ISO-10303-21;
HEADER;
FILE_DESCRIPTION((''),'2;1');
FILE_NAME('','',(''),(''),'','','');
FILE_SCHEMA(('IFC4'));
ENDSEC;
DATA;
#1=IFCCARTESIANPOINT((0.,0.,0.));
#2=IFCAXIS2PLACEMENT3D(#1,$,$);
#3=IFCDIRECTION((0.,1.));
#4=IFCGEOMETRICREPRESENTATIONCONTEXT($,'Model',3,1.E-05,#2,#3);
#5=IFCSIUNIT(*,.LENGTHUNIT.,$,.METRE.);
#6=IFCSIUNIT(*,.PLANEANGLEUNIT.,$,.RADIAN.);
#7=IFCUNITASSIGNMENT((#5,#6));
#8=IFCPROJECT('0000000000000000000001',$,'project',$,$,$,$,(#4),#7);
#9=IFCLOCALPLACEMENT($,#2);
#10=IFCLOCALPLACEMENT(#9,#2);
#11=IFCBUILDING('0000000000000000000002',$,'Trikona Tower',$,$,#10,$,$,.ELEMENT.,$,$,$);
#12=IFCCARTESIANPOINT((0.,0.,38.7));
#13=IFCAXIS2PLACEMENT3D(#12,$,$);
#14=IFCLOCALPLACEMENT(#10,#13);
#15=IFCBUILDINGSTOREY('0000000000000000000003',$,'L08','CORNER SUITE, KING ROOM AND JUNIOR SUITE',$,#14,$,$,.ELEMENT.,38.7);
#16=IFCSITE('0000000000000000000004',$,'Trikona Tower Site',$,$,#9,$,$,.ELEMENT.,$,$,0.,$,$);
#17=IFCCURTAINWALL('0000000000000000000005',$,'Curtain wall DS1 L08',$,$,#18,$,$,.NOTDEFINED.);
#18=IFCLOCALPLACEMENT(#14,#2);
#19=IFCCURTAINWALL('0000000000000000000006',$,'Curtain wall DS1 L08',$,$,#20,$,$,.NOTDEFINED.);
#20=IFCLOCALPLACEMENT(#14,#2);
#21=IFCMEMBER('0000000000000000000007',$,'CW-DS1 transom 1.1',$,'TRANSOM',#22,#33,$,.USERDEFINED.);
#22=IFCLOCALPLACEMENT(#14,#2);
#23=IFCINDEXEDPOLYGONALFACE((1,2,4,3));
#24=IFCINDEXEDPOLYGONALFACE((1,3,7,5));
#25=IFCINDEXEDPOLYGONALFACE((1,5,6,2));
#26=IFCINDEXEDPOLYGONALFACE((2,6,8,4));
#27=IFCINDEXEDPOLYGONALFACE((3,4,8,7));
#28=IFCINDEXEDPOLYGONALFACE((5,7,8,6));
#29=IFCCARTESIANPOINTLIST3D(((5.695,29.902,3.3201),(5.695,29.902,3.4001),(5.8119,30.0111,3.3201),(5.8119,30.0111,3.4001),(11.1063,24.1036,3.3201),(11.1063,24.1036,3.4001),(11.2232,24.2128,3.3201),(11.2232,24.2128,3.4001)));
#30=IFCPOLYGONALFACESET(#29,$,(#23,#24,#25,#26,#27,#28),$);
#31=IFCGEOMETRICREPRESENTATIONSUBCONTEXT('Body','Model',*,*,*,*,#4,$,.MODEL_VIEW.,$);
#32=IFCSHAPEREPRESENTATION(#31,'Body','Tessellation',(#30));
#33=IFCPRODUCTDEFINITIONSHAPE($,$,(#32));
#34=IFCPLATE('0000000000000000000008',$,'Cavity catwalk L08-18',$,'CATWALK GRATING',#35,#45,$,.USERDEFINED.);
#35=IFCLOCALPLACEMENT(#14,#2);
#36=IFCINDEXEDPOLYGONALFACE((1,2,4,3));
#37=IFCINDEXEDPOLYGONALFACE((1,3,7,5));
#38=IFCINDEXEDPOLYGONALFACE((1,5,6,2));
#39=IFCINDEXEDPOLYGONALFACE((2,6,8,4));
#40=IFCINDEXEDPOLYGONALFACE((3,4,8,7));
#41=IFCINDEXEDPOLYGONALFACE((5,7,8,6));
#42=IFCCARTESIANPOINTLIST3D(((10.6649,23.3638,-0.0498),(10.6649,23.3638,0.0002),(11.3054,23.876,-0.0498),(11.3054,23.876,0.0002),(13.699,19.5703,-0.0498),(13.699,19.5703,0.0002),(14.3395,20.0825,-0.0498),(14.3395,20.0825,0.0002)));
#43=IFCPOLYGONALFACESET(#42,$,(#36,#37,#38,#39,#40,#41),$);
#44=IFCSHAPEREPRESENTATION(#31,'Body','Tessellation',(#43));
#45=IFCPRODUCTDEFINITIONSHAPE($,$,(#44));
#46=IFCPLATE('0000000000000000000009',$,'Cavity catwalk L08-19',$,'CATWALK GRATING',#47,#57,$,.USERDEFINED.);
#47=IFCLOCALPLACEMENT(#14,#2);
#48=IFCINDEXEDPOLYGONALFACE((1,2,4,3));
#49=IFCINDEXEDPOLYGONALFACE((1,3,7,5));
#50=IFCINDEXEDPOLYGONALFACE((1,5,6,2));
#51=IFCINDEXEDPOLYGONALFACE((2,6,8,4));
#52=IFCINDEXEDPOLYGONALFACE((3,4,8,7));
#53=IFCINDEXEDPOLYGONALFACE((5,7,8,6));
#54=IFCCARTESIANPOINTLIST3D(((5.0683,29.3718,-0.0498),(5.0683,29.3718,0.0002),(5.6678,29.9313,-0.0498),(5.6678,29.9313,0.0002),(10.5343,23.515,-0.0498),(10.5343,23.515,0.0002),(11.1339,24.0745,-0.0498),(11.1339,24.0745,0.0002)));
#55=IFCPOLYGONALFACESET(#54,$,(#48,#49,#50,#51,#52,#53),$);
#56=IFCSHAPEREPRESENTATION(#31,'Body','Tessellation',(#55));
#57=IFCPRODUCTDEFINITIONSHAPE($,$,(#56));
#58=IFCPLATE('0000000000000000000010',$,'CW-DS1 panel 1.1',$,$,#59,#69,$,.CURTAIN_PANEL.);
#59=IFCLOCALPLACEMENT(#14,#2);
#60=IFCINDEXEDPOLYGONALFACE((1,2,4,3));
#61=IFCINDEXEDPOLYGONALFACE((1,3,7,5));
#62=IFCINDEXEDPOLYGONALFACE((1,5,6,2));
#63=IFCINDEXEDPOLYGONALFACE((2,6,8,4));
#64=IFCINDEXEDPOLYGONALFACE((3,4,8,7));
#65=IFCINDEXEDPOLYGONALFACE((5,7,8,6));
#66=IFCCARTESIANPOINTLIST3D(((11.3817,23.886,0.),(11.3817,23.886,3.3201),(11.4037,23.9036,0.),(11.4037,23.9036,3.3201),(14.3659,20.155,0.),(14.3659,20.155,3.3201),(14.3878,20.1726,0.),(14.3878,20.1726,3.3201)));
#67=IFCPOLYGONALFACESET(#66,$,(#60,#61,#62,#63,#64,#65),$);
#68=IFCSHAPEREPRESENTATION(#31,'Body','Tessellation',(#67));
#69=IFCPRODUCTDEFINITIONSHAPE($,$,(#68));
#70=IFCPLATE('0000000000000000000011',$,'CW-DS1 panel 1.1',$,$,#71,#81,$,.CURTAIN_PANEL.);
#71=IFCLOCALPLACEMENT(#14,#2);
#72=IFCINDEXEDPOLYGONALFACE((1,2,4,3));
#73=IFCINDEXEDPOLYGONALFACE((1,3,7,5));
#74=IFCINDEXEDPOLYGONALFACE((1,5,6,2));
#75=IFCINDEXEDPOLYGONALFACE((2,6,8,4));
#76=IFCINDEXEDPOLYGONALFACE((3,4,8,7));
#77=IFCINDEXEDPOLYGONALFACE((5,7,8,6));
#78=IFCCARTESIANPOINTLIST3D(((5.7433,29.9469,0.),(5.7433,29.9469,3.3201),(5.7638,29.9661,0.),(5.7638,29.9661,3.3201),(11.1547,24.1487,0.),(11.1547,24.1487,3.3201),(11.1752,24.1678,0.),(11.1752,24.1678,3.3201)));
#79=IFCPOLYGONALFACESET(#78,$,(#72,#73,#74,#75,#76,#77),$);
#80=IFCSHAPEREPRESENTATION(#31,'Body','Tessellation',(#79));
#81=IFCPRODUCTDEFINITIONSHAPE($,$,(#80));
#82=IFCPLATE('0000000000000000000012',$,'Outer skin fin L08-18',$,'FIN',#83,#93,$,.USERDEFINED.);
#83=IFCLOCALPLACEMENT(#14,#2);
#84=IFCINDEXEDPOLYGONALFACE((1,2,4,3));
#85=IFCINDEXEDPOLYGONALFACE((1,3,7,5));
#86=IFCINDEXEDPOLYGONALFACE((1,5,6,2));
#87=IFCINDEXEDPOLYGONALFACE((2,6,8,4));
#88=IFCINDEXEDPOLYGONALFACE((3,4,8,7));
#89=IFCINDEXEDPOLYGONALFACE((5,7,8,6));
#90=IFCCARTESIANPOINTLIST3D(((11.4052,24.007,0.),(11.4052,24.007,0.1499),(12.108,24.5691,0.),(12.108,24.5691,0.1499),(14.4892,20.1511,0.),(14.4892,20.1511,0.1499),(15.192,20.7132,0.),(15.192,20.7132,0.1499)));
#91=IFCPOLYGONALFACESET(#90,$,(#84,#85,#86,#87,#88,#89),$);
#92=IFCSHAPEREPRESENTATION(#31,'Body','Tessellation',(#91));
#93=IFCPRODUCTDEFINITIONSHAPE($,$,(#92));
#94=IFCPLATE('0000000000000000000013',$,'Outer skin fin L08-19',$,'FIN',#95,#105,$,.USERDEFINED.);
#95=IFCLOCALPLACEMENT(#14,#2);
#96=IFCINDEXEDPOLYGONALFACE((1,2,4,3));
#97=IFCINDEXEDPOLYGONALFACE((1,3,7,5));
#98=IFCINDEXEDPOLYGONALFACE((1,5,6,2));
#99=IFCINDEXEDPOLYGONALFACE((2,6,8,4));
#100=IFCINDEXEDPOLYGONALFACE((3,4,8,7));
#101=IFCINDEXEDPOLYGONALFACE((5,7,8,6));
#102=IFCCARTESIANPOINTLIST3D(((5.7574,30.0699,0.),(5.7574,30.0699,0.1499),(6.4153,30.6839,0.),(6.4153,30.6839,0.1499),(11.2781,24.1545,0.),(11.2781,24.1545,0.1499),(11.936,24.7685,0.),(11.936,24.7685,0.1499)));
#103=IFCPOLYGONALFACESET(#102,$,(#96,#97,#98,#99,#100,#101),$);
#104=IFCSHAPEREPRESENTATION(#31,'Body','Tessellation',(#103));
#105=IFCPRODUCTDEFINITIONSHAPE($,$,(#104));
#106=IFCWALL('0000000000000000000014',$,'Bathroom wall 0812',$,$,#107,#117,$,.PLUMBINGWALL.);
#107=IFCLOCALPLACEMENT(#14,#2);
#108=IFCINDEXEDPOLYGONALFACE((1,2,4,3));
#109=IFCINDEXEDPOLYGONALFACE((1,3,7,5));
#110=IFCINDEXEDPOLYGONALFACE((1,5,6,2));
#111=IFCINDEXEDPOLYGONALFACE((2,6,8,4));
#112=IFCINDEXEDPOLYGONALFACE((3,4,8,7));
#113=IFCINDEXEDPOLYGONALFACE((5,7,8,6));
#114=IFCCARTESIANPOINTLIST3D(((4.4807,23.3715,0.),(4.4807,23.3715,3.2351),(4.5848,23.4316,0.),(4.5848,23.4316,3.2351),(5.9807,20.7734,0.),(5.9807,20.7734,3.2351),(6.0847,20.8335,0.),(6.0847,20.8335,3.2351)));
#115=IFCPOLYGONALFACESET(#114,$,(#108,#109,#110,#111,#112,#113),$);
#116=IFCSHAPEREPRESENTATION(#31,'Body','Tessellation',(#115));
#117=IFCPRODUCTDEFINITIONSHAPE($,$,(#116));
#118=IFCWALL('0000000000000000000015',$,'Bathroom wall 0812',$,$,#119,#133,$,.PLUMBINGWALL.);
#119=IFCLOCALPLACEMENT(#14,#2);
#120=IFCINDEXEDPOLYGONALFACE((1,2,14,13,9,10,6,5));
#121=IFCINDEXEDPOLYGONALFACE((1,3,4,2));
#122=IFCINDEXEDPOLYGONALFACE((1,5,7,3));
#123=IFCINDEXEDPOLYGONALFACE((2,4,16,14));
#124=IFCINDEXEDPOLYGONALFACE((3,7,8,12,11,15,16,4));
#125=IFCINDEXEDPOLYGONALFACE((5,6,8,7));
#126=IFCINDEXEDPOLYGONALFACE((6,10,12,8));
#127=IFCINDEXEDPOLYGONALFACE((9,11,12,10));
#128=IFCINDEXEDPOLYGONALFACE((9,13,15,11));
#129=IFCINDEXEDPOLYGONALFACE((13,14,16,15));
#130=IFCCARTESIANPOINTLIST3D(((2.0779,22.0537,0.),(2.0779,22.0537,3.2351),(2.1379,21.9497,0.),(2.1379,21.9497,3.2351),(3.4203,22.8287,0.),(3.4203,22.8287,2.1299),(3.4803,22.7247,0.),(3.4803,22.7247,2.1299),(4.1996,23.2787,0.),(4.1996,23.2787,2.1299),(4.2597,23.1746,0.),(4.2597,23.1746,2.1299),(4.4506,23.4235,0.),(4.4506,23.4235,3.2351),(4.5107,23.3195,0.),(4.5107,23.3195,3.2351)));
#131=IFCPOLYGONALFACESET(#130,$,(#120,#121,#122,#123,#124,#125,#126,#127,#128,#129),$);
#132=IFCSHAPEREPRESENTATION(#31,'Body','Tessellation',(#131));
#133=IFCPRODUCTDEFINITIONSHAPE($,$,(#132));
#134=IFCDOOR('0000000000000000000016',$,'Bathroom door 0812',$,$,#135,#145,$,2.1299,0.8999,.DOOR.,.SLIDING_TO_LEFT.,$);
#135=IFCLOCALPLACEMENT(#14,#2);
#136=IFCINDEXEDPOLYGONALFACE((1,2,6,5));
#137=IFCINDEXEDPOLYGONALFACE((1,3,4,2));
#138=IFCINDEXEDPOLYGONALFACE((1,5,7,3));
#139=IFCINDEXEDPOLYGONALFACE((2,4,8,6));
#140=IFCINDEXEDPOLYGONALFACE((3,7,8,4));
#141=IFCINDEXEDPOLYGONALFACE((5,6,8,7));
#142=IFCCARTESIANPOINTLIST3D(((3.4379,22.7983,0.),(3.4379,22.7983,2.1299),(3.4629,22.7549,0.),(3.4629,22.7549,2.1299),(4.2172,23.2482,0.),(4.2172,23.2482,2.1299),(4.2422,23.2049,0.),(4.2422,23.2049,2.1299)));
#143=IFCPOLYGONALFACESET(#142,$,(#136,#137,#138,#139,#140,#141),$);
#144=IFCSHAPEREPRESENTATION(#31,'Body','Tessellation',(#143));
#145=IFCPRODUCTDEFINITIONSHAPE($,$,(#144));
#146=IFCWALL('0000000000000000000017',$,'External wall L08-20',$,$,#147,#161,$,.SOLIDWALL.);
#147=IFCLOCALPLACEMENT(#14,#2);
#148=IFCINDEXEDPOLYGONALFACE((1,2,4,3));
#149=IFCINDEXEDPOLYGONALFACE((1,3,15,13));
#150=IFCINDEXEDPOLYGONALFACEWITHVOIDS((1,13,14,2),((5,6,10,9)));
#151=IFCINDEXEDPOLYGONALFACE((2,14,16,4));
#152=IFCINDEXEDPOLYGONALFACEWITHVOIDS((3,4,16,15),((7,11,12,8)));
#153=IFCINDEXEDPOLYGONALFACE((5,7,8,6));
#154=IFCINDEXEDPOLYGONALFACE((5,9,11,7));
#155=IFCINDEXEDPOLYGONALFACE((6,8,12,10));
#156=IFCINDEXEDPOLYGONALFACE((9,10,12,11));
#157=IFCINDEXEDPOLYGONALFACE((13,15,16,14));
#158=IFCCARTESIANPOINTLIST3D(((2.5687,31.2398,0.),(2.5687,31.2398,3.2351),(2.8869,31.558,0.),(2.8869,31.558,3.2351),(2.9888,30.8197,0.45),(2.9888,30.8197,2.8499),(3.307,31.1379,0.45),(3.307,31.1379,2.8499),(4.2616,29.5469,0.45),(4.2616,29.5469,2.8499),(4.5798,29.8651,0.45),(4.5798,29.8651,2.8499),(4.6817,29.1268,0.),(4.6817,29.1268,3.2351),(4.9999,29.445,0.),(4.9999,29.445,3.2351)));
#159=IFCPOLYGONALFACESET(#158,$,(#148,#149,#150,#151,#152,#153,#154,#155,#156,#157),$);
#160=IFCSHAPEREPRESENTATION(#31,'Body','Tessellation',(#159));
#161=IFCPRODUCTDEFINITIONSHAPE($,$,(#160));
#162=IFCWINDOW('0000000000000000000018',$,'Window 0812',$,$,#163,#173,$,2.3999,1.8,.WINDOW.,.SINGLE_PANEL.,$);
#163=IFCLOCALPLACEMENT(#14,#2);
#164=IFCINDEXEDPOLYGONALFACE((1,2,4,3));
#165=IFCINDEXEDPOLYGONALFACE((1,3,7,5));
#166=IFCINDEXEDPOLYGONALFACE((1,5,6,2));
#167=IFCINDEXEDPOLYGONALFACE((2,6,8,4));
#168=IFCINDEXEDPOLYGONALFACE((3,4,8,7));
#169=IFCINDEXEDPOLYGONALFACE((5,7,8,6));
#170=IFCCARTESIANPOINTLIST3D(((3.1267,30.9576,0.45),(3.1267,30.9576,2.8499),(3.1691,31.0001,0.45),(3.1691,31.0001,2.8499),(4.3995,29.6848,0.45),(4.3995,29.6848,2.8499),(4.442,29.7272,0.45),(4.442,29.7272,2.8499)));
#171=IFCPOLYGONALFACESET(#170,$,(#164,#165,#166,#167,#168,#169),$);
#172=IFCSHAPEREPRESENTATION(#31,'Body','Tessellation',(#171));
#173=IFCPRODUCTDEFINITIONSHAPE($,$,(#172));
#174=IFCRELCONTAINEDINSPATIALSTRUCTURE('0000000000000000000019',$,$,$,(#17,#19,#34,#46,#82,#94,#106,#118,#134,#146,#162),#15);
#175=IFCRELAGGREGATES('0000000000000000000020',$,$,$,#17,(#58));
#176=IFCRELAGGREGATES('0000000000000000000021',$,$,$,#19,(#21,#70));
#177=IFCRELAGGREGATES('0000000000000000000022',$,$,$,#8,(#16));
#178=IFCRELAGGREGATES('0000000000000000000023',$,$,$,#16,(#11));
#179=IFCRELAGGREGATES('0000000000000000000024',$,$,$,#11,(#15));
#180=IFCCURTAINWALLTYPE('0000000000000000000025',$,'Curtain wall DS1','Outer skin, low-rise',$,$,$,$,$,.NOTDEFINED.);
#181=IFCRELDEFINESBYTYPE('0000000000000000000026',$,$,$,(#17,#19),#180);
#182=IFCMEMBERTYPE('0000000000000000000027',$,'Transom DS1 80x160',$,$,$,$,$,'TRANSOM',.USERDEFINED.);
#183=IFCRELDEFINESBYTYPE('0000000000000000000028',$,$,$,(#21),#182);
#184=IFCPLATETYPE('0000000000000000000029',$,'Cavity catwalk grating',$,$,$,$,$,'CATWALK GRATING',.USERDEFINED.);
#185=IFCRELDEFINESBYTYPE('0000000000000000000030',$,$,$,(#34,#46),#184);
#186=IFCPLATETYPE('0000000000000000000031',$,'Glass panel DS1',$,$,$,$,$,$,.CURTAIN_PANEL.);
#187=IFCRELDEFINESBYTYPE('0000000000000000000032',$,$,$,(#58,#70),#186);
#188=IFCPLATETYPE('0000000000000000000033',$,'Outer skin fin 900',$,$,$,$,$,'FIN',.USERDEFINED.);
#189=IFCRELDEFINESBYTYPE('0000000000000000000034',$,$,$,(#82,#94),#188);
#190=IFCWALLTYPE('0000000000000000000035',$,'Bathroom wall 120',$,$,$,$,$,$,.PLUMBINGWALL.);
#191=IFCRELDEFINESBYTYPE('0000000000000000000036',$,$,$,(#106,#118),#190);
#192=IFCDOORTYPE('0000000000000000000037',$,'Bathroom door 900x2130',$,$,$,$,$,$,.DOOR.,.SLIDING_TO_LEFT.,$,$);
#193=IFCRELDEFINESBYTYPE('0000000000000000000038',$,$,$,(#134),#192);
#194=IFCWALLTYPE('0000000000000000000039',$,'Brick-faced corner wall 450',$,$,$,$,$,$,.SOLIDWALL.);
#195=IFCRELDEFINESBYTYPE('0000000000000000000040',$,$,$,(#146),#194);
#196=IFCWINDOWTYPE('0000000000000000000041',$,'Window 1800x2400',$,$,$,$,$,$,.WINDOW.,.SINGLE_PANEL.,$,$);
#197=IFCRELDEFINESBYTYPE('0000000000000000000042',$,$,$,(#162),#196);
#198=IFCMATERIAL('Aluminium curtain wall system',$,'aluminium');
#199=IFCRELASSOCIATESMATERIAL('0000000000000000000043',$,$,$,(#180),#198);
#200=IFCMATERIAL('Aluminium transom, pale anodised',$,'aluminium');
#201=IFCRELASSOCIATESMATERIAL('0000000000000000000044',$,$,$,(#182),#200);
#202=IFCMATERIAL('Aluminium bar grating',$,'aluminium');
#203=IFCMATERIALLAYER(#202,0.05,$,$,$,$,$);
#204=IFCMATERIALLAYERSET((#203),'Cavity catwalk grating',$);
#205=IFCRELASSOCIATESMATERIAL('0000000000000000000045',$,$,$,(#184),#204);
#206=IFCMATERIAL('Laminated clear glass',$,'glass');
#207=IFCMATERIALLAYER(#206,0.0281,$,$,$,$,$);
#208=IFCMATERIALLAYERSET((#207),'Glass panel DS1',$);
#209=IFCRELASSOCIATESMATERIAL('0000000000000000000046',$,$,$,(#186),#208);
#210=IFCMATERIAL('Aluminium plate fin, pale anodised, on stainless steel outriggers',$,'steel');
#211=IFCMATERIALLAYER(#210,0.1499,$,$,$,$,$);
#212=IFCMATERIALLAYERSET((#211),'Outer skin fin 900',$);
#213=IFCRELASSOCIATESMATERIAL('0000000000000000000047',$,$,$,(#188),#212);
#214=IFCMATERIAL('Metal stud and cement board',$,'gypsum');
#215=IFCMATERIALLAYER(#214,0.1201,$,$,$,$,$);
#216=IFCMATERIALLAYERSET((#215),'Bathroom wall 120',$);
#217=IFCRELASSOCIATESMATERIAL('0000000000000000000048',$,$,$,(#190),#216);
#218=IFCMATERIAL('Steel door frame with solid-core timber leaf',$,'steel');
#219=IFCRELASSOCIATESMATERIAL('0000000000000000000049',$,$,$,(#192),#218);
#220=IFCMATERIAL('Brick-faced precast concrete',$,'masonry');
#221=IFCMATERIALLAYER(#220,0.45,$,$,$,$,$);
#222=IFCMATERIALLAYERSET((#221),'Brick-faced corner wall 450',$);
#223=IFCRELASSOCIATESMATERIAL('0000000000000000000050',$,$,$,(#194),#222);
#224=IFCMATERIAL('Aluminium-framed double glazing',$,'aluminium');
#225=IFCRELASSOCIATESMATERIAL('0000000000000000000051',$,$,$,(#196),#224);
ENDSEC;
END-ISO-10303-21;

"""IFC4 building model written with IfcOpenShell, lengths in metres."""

from ifc_helpers import new_model, si_unit, direction, frame, frame_2d, origin, origin_2d, place, context, subcontext, project, spatial, rectangle, extrude, material, layer, layer_set, material_profile, profile_set, type_object, element, fill, aggregate, save


model = new_model("IFC4")

# Units and contexts
model_context = context("Model", 3, precision=1e-05, world=origin(), true_north=direction((0.0, 1.0)))
body_context = subcontext(model_context, "Body", "Model", "MODEL_VIEW")
ifc_project = project(units=[si_unit("LENGTHUNIT", "METRE"), si_unit("PLANEANGLEUNIT", "RADIAN")], contexts=[model_context])

# Site, building, storey
site_placement = place(None, origin())
site = spatial("IfcSite", under=ifc_project, at=site_placement, Name="Trikona Tower Site", CompositionType="ELEMENT", RefElevation=0.0)
building_placement = place(site_placement, origin())
building = spatial("IfcBuilding", under=site, at=building_placement, Name="Trikona Tower", CompositionType="ELEMENT")
storey_placement = place(building_placement, frame((0.0, 0.0, 38.7)))
storey = spatial("IfcBuildingStorey", under=building, at=storey_placement, Name="L08", Description="CORNER SUITE, KING ROOM AND JUNIOR SUITE", CompositionType="ELEMENT", Elevation=38.7)

# Curtain walls
ifc_material_1 = material(Name="Aluminium curtain wall system", Category="aluminium")
curtain_wall_type = type_object("IfcCurtainWallType", Name="Curtain wall DS1", Description="Outer skin, low-rise", PredefinedType="NOTDEFINED", material=ifc_material_1)
curtain_wall_1_placement = place(storey_placement, origin())
curtain_wall_1 = element("IfcCurtainWall", 1, at=curtain_wall_1_placement, inside=storey, type_object=curtain_wall_type, Name="Curtain wall DS1 L08", PredefinedType="NOTDEFINED")
curtain_wall_2_placement = place(storey_placement, origin())
curtain_wall_2 = element("IfcCurtainWall", 2, at=curtain_wall_2_placement, inside=storey, type_object=curtain_wall_type, Name="Curtain wall DS1 L08", PredefinedType="NOTDEFINED")

# Member
ifc_material_2 = material(Name="Aluminium transom, pale anodised", Category="aluminium")
ifc_material_profile_1 = material_profile(ifc_material_2, rectangle(XDim=0.1599, YDim=0.0801, at=origin_2d()), Name="TRN-DS1")
ifc_profile_set_1 = profile_set([ifc_material_profile_1], Name="Aluminium transom, pale anodised")
member_type_1 = type_object("IfcMemberType", Name="Transom DS1 80x160", ElementType="TRANSOM", PredefinedType="USERDEFINED", material=ifc_profile_set_1)
member_1_placement = place(storey_placement, frame((11.1648, 24.1582, 3.3601), z_axis=(-0.682291, 0.731081, 0.0), x_axis=(-0.731081, -0.682291, 0.0)))
member_1 = element("IfcMember", 3, at=member_1_placement, type_object=member_type_1, Name="CW-DS1 transom 1.1", ObjectType="TRANSOM", PredefinedType="USERDEFINED", context=body_context, shape_type="SweptSolid", body=[
    extrude(rectangle(XDim=0.1599, YDim=0.0801, at=origin_2d()), origin(), (0.0, 0.0, 1.0), 7.9312),
])

# Plates
ifc_material_3 = material(Name="Aluminium bar grating", Category="aluminium")
ifc_layer_1 = layer(ifc_material_3, 0.05)
ifc_layer_set_1 = layer_set([ifc_layer_1], Name="Cavity catwalk grating")
plate_type_1 = type_object("IfcPlateType", Name="Cavity catwalk grating", ElementType="CATWALK GRATING", PredefinedType="USERDEFINED", material=ifc_layer_set_1)
plate_1_placement = place(storey_placement, frame((12.5022, 21.7231, -0.0498), z_axis=(0.0, 0.0, 1.0), x_axis=(-0.624604, 0.780942, 0.0)))
element("IfcPlate", 4, at=plate_1_placement, inside=storey, type_object=plate_type_1, Name="Cavity catwalk L08-18", ObjectType="CATWALK GRATING", PredefinedType="USERDEFINED", context=body_context, shape_type="SweptSolid", body=[
    extrude(rectangle(XDim=4.8577, YDim=0.8201, at=origin_2d()), origin(), (0.0, 0.0, 1.0), 0.05),
])
plate_2_placement = place(storey_placement, frame((8.1011, 26.7231, -0.0498), z_axis=(0.0, 0.0, 1.0), x_axis=(-0.682298, 0.731074, 0.0)))
element("IfcPlate", 5, at=plate_2_placement, inside=storey, type_object=plate_type_1, Name="Cavity catwalk L08-19", ObjectType="CATWALK GRATING", PredefinedType="USERDEFINED", context=body_context, shape_type="SweptSolid", body=[
    extrude(rectangle(XDim=8.0112, YDim=0.8201, at=origin_2d()), origin(), (0.0, 0.0, 1.0), 0.05),
])

# Plates
ifc_material_4 = material(Name="Laminated clear glass", Category="glass")
ifc_layer_2 = layer(ifc_material_4, 0.0281)
ifc_layer_set_2 = layer_set([ifc_layer_2], Name="Glass panel DS1")
plate_type_2 = type_object("IfcPlateType", Name="Glass panel DS1", PredefinedType="CURTAIN_PANEL", material=ifc_layer_set_2)
plate_3_placement = place(storey_placement, frame((12.8848, 22.0293, 0.0), z_axis=(0.0, 0.0, 1.0), x_axis=(-0.624609, 0.780938, 0.0)))
plate_3 = element("IfcPlate", 6, at=plate_3_placement, type_object=plate_type_2, Name="CW-DS1 panel 1.1", PredefinedType="CURTAIN_PANEL", context=body_context, shape_type="SweptSolid", body=[
    extrude(rectangle(XDim=4.7776, YDim=0.0281, at=origin_2d()), origin(), (0.0, 0.0, 1.0), 3.3201),
])
aggregate(curtain_wall_1, [plate_3])
plate_4_placement = place(storey_placement, frame((8.4592, 27.0574, 0.0), z_axis=(0.0, 0.0, 1.0), x_axis=(-0.682295, 0.731077, 0.0)))
plate_4 = element("IfcPlate", 7, at=plate_4_placement, type_object=plate_type_2, Name="CW-DS1 panel 1.1", PredefinedType="CURTAIN_PANEL", context=body_context, shape_type="SweptSolid", body=[
    extrude(rectangle(XDim=7.9312, YDim=0.0281, at=origin_2d()), origin(), (0.0, 0.0, 1.0), 3.3201),
])
aggregate(curtain_wall_2, [member_1, plate_4])

# Plates
ifc_material_5 = material(Name="Aluminium plate fin, pale anodised, on stainless steel outriggers", Category="steel")
ifc_layer_3 = layer(ifc_material_5, 0.1499)
ifc_layer_set_3 = layer_set([ifc_layer_3], Name="Outer skin fin 900")
plate_type_3 = type_object("IfcPlateType", Name="Outer skin fin 900", ElementType="FIN", PredefinedType="USERDEFINED", material=ifc_layer_set_3)
plate_5_placement = place(storey_placement, frame((13.2986, 22.3601, 0.0), z_axis=(0.0, 0.0, 1.0), x_axis=(-0.624604, 0.780942, 0.0)))
element("IfcPlate", 8, at=plate_5_placement, inside=storey, type_object=plate_type_3, Name="Outer skin fin L08-18", ObjectType="FIN", PredefinedType="USERDEFINED", context=body_context, shape_type="SweptSolid", body=[
    extrude(rectangle(XDim=4.9375, YDim=0.8999, at=origin_2d()), origin(), (0.0, 0.0, 1.0), 0.1499),
])
plate_6_placement = place(storey_placement, frame((8.8467, 27.4192, 0.0), z_axis=(0.0, 0.0, 1.0), x_axis=(-0.682298, 0.731074, 0.0)))
element("IfcPlate", 9, at=plate_6_placement, inside=storey, type_object=plate_type_3, Name="Outer skin fin L08-19", ObjectType="FIN", PredefinedType="USERDEFINED", context=body_context, shape_type="SweptSolid", body=[
    extrude(rectangle(XDim=8.0913, YDim=0.8999, at=origin_2d()), origin(), (0.0, 0.0, 1.0), 0.1499),
])

# Wall
ifc_material_6 = material(Name="Metal stud and cement board", Category="gypsum")
ifc_layer_4 = layer(ifc_material_6, 0.1201)
ifc_layer_set_4 = layer_set([ifc_layer_4], Name="Bathroom wall 120")
wall_type_1 = type_object("IfcWallType", Name="Bathroom wall 120", PredefinedType="PLUMBINGWALL", material=ifc_layer_set_4)
wall_1_placement = place(storey_placement, frame((6.0327, 20.8035, 0.0), z_axis=(0.0, 0.0, 1.0), x_axis=(-0.49999, 0.866031, 0.0)))
element("IfcWall", 10, at=wall_1_placement, inside=storey, type_object=wall_type_1, Name="Bathroom wall 0812", PredefinedType="PLUMBINGWALL", context=body_context, shape_type="SweptSolid", body=[
    extrude(rectangle(XDim=3.0, YDim=0.1201, at=frame_2d((1.5, 0.0))), origin(), (0.0, 0.0, 1.0), 3.2351),
])

# Wall, opening, door
wall_2_placement = place(storey_placement, frame((2.1079, 22.0017, 0.0), z_axis=(0.0, 0.0, 1.0), x_axis=(0.866036, 0.499982, 0.0)))
wall_2 = element("IfcWall", 11, at=wall_2_placement, inside=storey, type_object=wall_type_1, Name="Bathroom wall 0812", PredefinedType="PLUMBINGWALL", context=body_context, shape_type="SweptSolid", body=[
    extrude(rectangle(XDim=2.7397, YDim=0.1201, at=frame_2d((1.3699, 0.0))), origin(), (0.0, 0.0, 1.0), 3.2351),
])
opening_1_placement = place(wall_2_placement, frame((1.55, 0.0, 0.0)))
opening_1 = element("IfcOpeningElement", 12, at=opening_1_placement, cuts=wall_2, PredefinedType="OPENING", context=body_context, shape_type="SweptSolid", body=[
    extrude(rectangle(XDim=0.8999, YDim=2.1299, at=frame_2d((0.45, 1.0649))), frame((0.0, 0.0701, 0.0), z_axis=(0.0, -1.0, 0.0), x_axis=(1.0, 0.0, 0.0)), (0.0, 0.0, 1.0), 0.1401),
])
ifc_material_7 = material(Name="Steel door frame with solid-core timber leaf", Category="steel")
door_type = type_object("IfcDoorType", Name="Bathroom door 900x2130", OperationType="SLIDING_TO_LEFT", PredefinedType="DOOR", material=ifc_material_7)
door_placement = place(opening_1_placement, origin())
door = element("IfcDoor", 13, at=door_placement, inside=storey, type_object=door_type, Name="Bathroom door 0812", OperationType="SLIDING_TO_LEFT", OverallHeight=2.1299, OverallWidth=0.8999, PredefinedType="DOOR", context=body_context, shape_type="SweptSolid", body=[
    extrude(rectangle(XDim=0.8999, YDim=2.1299, at=frame_2d((0.45, 1.0649))), frame((0.0, 0.0249, 0.0), z_axis=(0.0, -1.0, 0.0), x_axis=(1.0, 0.0, 0.0)), (0.0, 0.0, 1.0), 0.05),
])
fill(opening_1, door)

# Wall, opening, window
ifc_material_8 = material(Name="Brick-faced precast concrete", Category="masonry")
ifc_layer_5 = layer(ifc_material_8, 0.45)
ifc_layer_set_5 = layer_set([ifc_layer_5], Name="Brick-faced corner wall 450")
wall_type_2 = type_object("IfcWallType", Name="Brick-faced corner wall 450", PredefinedType="SOLIDWALL", material=ifc_layer_set_5)
wall_3_placement = place(storey_placement, frame((4.8408, 29.2859, 0.0), z_axis=(0.0, 0.0, 1.0), x_axis=(-0.707107, 0.707107, 0.0)))
wall_3 = element("IfcWall", 14, at=wall_3_placement, inside=storey, type_object=wall_type_2, Name="External wall L08-20", PredefinedType="SOLIDWALL", context=body_context, shape_type="SweptSolid", body=[
    extrude(rectangle(XDim=2.9883, YDim=0.45, at=frame_2d((1.4941, 0.0))), origin(), (0.0, 0.0, 1.0), 3.2351),
])
opening_2_placement = place(wall_3_placement, frame((0.5942, 0.0, 0.45)))
opening_2 = element("IfcOpeningElement", 15, at=opening_2_placement, cuts=wall_3, PredefinedType="OPENING", context=body_context, shape_type="SweptSolid", body=[
    extrude(rectangle(XDim=1.8, YDim=2.3999, at=frame_2d((0.8999, 1.2))), frame((0.0, 0.2349, 0.0), z_axis=(0.0, -1.0, 0.0), x_axis=(1.0, 0.0, 0.0)), (0.0, 0.0, 1.0), 0.47),
])
ifc_material_9 = material(Name="Aluminium-framed double glazing", Category="aluminium")
window_type_1 = type_object("IfcWindowType", Name="Window 1800x2400", PartitioningType="SINGLE_PANEL", PredefinedType="WINDOW", material=ifc_material_9)
window_1_placement = place(opening_2_placement, origin())
window_1 = element("IfcWindow", 16, at=window_1_placement, inside=storey, type_object=window_type_1, Name="Window 0812", OverallHeight=2.3999, OverallWidth=1.8, PartitioningType="SINGLE_PANEL", PredefinedType="WINDOW", context=body_context, shape_type="SweptSolid", body=[
    extrude(rectangle(XDim=1.8, YDim=2.3999, at=frame_2d((0.8999, 1.2))), frame((0.0, 0.03, 0.0), z_axis=(0.0, -1.0, 0.0), x_axis=(1.0, 0.0, 0.0)), (0.0, 0.0, 1.0), 0.0601),
])
fill(opening_2, window_1)

save(model, "model.ifc")
